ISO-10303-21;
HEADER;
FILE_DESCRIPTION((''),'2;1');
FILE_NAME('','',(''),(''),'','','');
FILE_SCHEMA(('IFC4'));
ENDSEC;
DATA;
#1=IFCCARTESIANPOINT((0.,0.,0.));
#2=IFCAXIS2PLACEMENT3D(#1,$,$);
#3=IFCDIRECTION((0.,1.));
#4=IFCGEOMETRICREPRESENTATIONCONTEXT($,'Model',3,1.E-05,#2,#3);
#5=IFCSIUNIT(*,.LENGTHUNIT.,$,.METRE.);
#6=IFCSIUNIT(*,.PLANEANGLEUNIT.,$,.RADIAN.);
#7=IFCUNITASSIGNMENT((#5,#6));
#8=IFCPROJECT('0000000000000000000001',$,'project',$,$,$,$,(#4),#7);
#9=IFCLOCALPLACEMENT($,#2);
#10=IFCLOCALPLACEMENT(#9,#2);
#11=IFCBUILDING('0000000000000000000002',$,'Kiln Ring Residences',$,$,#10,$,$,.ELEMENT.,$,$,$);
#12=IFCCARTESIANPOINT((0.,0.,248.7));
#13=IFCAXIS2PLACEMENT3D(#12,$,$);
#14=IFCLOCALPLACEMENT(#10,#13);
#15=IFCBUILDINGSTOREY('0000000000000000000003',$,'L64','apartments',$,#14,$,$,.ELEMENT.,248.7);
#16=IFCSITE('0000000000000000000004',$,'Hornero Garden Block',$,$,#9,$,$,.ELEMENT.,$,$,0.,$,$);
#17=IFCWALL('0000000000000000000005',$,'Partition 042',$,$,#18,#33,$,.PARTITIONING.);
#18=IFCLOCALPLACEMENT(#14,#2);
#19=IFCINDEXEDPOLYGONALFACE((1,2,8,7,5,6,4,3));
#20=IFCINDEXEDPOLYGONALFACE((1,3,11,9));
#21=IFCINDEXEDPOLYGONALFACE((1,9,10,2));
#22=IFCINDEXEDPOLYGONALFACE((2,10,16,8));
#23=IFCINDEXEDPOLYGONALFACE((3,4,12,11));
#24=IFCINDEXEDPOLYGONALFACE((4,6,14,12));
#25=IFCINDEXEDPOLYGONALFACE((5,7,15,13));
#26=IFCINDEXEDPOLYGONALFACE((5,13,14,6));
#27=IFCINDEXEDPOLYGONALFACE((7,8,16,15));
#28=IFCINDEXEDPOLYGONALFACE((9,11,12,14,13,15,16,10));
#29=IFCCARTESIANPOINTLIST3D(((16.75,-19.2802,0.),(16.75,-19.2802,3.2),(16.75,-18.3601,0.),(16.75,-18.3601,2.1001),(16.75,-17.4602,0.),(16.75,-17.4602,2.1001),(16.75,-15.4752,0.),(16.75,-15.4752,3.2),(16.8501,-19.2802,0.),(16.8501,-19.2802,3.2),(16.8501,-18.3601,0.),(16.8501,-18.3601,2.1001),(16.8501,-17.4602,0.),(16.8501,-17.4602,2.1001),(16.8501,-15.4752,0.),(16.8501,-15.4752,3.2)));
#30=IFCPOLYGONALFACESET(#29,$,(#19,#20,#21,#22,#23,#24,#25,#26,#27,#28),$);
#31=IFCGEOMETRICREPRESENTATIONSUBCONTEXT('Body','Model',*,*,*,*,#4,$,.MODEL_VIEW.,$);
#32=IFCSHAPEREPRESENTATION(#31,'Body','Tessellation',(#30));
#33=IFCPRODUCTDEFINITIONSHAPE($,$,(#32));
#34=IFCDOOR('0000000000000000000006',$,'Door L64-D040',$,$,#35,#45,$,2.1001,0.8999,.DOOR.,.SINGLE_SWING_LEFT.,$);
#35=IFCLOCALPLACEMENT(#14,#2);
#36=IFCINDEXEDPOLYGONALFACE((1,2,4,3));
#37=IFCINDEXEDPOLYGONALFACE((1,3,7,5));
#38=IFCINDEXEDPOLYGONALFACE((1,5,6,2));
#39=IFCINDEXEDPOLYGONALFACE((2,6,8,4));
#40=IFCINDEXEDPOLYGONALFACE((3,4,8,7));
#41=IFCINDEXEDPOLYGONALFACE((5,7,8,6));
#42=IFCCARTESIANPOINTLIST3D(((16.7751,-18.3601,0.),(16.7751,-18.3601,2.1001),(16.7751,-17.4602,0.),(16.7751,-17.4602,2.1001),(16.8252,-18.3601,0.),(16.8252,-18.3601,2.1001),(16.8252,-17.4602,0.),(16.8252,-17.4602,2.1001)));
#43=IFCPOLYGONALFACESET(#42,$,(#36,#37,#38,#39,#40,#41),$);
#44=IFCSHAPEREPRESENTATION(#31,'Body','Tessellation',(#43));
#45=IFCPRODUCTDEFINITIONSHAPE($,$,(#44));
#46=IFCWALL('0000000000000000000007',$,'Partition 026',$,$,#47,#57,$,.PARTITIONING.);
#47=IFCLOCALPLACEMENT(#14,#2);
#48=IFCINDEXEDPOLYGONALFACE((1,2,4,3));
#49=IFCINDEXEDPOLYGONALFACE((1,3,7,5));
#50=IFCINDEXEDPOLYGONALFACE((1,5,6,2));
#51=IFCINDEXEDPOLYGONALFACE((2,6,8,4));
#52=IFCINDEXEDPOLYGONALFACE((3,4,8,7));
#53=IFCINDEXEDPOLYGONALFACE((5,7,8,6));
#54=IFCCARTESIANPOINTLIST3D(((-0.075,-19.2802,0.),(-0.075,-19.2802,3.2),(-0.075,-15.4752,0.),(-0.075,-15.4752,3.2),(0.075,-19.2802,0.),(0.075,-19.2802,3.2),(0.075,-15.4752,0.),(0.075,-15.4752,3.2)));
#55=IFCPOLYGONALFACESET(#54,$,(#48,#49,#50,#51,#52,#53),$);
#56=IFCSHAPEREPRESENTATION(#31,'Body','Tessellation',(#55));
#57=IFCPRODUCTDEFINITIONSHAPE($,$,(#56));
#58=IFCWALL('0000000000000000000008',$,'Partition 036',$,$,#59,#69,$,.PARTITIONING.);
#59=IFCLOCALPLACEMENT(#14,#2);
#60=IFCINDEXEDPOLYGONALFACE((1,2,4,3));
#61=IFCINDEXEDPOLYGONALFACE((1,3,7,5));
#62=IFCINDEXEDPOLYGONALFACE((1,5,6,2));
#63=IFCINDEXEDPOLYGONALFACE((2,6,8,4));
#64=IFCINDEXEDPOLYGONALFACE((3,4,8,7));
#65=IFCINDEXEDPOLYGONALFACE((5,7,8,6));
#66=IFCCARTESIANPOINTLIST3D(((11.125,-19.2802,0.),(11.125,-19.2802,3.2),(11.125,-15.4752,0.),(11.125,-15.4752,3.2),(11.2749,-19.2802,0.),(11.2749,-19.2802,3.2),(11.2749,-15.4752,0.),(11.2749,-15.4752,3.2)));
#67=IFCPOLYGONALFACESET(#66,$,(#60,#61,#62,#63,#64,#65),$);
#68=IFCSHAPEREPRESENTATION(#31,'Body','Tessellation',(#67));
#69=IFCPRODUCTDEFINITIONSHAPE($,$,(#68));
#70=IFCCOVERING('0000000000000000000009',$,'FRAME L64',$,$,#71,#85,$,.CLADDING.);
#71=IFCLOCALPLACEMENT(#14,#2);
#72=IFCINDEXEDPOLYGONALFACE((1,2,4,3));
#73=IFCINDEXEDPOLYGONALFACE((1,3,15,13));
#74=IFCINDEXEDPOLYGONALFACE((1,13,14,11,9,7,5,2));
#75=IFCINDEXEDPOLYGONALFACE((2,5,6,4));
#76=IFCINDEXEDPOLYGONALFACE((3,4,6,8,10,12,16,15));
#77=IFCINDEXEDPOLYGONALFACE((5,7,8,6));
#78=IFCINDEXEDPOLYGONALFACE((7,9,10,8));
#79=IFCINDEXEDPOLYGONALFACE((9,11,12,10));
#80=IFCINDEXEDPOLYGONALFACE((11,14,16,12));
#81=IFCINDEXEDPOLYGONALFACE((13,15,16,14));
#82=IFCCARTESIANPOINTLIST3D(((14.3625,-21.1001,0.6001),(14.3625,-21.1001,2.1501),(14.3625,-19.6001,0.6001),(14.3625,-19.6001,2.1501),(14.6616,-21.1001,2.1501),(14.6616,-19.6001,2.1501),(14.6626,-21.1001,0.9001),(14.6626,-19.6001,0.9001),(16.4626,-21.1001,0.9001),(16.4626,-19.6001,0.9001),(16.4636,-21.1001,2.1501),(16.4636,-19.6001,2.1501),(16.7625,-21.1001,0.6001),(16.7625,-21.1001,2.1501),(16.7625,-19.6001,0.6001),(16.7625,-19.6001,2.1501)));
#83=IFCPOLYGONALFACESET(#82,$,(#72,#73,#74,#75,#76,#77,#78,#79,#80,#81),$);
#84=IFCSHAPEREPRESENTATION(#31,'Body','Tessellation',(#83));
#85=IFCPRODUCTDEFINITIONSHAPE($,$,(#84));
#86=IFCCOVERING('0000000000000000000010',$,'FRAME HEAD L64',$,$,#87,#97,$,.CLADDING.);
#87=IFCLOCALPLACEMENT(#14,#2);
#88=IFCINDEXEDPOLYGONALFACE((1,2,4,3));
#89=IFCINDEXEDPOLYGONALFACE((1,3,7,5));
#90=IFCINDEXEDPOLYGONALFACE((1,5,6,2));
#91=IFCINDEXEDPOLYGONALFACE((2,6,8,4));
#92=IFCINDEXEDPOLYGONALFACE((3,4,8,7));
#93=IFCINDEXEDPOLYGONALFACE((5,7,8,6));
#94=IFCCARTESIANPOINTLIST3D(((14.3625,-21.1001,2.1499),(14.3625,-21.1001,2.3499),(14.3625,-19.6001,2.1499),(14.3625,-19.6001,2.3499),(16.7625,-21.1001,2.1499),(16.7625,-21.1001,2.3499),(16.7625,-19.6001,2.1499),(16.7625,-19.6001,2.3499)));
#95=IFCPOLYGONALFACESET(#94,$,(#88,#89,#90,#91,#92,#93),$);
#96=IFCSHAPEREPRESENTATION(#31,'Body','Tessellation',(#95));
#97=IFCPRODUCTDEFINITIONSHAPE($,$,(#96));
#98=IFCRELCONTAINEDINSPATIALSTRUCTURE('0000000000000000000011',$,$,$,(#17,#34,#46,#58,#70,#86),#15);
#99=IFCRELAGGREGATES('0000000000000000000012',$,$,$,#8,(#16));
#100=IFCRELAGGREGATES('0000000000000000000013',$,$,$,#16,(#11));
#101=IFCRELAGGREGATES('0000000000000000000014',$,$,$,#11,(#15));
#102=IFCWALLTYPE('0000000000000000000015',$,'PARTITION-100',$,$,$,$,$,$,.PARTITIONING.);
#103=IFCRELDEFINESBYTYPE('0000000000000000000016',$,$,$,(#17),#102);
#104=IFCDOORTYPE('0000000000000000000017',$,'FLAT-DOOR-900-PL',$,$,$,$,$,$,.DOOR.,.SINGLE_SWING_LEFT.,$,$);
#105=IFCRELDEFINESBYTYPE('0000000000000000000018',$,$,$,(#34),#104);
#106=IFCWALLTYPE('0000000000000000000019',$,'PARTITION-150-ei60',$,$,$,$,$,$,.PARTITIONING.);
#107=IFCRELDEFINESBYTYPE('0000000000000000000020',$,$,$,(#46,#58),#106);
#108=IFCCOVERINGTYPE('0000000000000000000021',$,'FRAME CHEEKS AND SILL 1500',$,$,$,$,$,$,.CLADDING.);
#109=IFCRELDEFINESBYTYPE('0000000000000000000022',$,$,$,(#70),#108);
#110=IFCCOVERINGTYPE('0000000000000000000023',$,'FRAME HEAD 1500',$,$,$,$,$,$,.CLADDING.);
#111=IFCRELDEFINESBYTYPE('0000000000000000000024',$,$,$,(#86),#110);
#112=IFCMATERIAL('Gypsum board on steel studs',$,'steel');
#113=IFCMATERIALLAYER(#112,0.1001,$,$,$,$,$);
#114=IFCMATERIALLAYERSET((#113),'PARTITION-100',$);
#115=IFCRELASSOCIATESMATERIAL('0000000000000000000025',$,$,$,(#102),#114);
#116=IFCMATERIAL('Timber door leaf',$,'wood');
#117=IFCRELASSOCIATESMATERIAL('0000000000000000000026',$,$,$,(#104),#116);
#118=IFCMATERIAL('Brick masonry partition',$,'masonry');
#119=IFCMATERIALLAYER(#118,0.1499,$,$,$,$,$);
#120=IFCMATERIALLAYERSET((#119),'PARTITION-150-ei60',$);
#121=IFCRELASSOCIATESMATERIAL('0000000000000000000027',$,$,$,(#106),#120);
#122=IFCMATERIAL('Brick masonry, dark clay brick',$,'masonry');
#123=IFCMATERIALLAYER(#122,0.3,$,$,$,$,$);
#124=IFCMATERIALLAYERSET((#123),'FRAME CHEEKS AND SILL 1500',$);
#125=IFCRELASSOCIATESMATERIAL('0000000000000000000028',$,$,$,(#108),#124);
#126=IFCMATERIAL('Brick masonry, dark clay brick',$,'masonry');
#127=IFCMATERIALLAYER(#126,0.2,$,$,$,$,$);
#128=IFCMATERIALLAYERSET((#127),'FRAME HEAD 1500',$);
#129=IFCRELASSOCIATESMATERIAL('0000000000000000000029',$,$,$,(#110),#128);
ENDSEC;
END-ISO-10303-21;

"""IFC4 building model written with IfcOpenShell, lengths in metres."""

from ifc_helpers import new_model, si_unit, direction, frame, frame_2d, origin, origin_2d, place, context, subcontext, project, spatial, polyline, rectangle, outline, extrude, material, layer, layer_set, type_object, element, fill, save


model = new_model("IFC4")

# Units and contexts
model_context = context("Model", 3, precision=1e-05, world=origin(), true_north=direction((0.0, 1.0)))
body_context = subcontext(model_context, "Body", "Model", "MODEL_VIEW")
ifc_project = project(units=[si_unit("LENGTHUNIT", "METRE"), si_unit("PLANEANGLEUNIT", "RADIAN")], contexts=[model_context])

# Site, building, storey
site_placement = place(None, origin())
site = spatial("IfcSite", under=ifc_project, at=site_placement, Name="Hornero Garden Block", CompositionType="ELEMENT", RefElevation=0.0)
building_placement = place(site_placement, origin())
building = spatial("IfcBuilding", under=site, at=building_placement, Name="Kiln Ring Residences", CompositionType="ELEMENT")
storey_placement = place(building_placement, frame((0.0, 0.0, 248.7)))
storey = spatial("IfcBuildingStorey", under=building, at=storey_placement, Name="L64", Description="apartments", CompositionType="ELEMENT", Elevation=248.7)

# Wall, opening, door
ifc_material_1 = material(Name="Gypsum board on steel studs", Category="steel")
ifc_layer_1 = layer(ifc_material_1, 0.1001)
ifc_layer_set_1 = layer_set([ifc_layer_1], Name="PARTITION-100")
wall_type_1 = type_object("IfcWallType", Name="PARTITION-100", PredefinedType="PARTITIONING", material=ifc_layer_set_1)
ifc_material_2 = material(Name="Timber door leaf", Category="wood")
door_type_1 = type_object("IfcDoorType", Name="FLAT-DOOR-900-PL", OperationType="SINGLE_SWING_LEFT", PredefinedType="DOOR", material=ifc_material_2)
wall_1_placement = place(storey_placement, frame((16.8, -19.28, 0.0), z_axis=(0.0, 0.0, 1.0), x_axis=(0.0, 1.0, 0.0)))
wall_1 = element("IfcWall", 1, at=wall_1_placement, inside=storey, type_object=wall_type_1, Name="Partition 042", PredefinedType="PARTITIONING", context=body_context, shape_type="SweptSolid", body=[
    extrude(rectangle(XDim=3.8049, YDim=0.1001, at=frame_2d((1.9023, 0.0))), origin(), (0.0, 0.0, 1.0), 3.2),
])
opening_1_placement = place(wall_1_placement, frame((0.9199, 0.0, 0.0)))
opening_1 = element("IfcOpeningElement", 2, at=opening_1_placement, cuts=wall_1, PredefinedType="OPENING", context=body_context, shape_type="SweptSolid", body=[
    extrude(rectangle(XDim=0.8999, YDim=2.1001, at=frame_2d((0.45, 1.05))), frame((0.0, 0.0601, 0.0), z_axis=(0.0, -1.0, 0.0), x_axis=(1.0, 0.0, 0.0)), (0.0, 0.0, 1.0), 0.1201),
])
door_1_placement = place(opening_1_placement, origin())
door_1 = element("IfcDoor", 3, at=door_1_placement, inside=storey, type_object=door_type_1, Name="Door L64-D040", OperationType="SINGLE_SWING_LEFT", OverallHeight=2.1001, OverallWidth=0.8999, PredefinedType="DOOR", context=body_context, shape_type="SweptSolid", body=[
    extrude(rectangle(XDim=0.8999, YDim=2.1001, at=frame_2d((0.45, 1.05))), frame((0.0, 0.0249, 0.0), z_axis=(0.0, -1.0, 0.0), x_axis=(1.0, 0.0, 0.0)), (0.0, 0.0, 1.0), 0.05),
])
fill(opening_1, door_1)

# Walls
ifc_material_3 = material(Name="Brick masonry partition", Category="masonry")
ifc_layer_2 = layer(ifc_material_3, 0.1499)
ifc_layer_set_2 = layer_set([ifc_layer_2], Name="PARTITION-150-ei60")
wall_type_2 = type_object("IfcWallType", Name="PARTITION-150-ei60", PredefinedType="PARTITIONING", material=ifc_layer_set_2)
for number, where, z_axis, x_axis, name in (
    (4, (0.0, -19.28, 0.0), (0.0, 0.0, 1.0), (0.0, 1.0, 0.0), "Partition 026"),
    (5, (11.2, -19.28, 0.0), (0.0, 0.0, 1.0), (0.0, 1.0, 0.0), "Partition 036"),
):
    element("IfcWall", number, at=place(storey_placement, frame(where, z_axis=z_axis, x_axis=x_axis)), inside=storey, type_object=wall_type_2, Name=name, PredefinedType="PARTITIONING", context=body_context, shape_type="SweptSolid", body=[
        extrude(rectangle(XDim=3.8049, YDim=0.1499, at=frame_2d((1.9023, 0.0))), origin(), (0.0, 0.0, 1.0), 3.2),
    ])

# Coverings
ifc_material_4 = material(Name="Brick masonry, dark clay brick", Category="masonry")
ifc_layer_3 = layer(ifc_material_4, 0.3)
ifc_layer_set_3 = layer_set([ifc_layer_3], Name="FRAME CHEEKS AND SILL 1500")
covering_type_1 = type_object("IfcCoveringType", Name="FRAME CHEEKS AND SILL 1500", PredefinedType="CLADDING", material=ifc_layer_set_3)
covering_1_placement = place(storey_placement, frame((14.3625, -20.3501, 0.6001), z_axis=(0.0, 0.0, 1.0), x_axis=(1.0, 0.0, 0.0)))
element("IfcCovering", 6, at=covering_1_placement, inside=storey, type_object=covering_type_1, Name="FRAME L64", PredefinedType="CLADDING", context=body_context, shape_type="SweptSolid", body=[
    extrude(outline(polyline([(0.0, 0.0), (2.3999, 0.0), (2.3999, 1.55), (2.1011, 1.55), (2.1001, 0.3), (0.3, 0.3), (0.2991, 1.55), (0.0, 1.55), (0.0, 0.0)])), frame((0.0, 0.75, 0.0), z_axis=(0.0, -1.0, 0.0), x_axis=(1.0, 0.0, 0.0)), (0.0, 0.0, 1.0), 1.5),
])
ifc_material_5 = material(Name="Brick masonry, dark clay brick", Category="masonry")
ifc_layer_4 = layer(ifc_material_5, 0.2)
ifc_layer_set_4 = layer_set([ifc_layer_4], Name="FRAME HEAD 1500")
covering_type_2 = type_object("IfcCoveringType", Name="FRAME HEAD 1500", PredefinedType="CLADDING", material=ifc_layer_set_4)
covering_2_placement = place(storey_placement, frame((15.5625, -20.3501, 2.1499), z_axis=(0.0, 0.0, 1.0), x_axis=(1.0, 0.0, 0.0)))
element("IfcCovering", 7, at=covering_2_placement, inside=storey, type_object=covering_type_2, Name="FRAME HEAD L64", PredefinedType="CLADDING", context=body_context, shape_type="SweptSolid", body=[
    extrude(rectangle(XDim=2.3999, YDim=1.5, at=origin_2d()), origin(), (0.0, 0.0, 1.0), 0.2),
])

save(model, "model.ifc")
